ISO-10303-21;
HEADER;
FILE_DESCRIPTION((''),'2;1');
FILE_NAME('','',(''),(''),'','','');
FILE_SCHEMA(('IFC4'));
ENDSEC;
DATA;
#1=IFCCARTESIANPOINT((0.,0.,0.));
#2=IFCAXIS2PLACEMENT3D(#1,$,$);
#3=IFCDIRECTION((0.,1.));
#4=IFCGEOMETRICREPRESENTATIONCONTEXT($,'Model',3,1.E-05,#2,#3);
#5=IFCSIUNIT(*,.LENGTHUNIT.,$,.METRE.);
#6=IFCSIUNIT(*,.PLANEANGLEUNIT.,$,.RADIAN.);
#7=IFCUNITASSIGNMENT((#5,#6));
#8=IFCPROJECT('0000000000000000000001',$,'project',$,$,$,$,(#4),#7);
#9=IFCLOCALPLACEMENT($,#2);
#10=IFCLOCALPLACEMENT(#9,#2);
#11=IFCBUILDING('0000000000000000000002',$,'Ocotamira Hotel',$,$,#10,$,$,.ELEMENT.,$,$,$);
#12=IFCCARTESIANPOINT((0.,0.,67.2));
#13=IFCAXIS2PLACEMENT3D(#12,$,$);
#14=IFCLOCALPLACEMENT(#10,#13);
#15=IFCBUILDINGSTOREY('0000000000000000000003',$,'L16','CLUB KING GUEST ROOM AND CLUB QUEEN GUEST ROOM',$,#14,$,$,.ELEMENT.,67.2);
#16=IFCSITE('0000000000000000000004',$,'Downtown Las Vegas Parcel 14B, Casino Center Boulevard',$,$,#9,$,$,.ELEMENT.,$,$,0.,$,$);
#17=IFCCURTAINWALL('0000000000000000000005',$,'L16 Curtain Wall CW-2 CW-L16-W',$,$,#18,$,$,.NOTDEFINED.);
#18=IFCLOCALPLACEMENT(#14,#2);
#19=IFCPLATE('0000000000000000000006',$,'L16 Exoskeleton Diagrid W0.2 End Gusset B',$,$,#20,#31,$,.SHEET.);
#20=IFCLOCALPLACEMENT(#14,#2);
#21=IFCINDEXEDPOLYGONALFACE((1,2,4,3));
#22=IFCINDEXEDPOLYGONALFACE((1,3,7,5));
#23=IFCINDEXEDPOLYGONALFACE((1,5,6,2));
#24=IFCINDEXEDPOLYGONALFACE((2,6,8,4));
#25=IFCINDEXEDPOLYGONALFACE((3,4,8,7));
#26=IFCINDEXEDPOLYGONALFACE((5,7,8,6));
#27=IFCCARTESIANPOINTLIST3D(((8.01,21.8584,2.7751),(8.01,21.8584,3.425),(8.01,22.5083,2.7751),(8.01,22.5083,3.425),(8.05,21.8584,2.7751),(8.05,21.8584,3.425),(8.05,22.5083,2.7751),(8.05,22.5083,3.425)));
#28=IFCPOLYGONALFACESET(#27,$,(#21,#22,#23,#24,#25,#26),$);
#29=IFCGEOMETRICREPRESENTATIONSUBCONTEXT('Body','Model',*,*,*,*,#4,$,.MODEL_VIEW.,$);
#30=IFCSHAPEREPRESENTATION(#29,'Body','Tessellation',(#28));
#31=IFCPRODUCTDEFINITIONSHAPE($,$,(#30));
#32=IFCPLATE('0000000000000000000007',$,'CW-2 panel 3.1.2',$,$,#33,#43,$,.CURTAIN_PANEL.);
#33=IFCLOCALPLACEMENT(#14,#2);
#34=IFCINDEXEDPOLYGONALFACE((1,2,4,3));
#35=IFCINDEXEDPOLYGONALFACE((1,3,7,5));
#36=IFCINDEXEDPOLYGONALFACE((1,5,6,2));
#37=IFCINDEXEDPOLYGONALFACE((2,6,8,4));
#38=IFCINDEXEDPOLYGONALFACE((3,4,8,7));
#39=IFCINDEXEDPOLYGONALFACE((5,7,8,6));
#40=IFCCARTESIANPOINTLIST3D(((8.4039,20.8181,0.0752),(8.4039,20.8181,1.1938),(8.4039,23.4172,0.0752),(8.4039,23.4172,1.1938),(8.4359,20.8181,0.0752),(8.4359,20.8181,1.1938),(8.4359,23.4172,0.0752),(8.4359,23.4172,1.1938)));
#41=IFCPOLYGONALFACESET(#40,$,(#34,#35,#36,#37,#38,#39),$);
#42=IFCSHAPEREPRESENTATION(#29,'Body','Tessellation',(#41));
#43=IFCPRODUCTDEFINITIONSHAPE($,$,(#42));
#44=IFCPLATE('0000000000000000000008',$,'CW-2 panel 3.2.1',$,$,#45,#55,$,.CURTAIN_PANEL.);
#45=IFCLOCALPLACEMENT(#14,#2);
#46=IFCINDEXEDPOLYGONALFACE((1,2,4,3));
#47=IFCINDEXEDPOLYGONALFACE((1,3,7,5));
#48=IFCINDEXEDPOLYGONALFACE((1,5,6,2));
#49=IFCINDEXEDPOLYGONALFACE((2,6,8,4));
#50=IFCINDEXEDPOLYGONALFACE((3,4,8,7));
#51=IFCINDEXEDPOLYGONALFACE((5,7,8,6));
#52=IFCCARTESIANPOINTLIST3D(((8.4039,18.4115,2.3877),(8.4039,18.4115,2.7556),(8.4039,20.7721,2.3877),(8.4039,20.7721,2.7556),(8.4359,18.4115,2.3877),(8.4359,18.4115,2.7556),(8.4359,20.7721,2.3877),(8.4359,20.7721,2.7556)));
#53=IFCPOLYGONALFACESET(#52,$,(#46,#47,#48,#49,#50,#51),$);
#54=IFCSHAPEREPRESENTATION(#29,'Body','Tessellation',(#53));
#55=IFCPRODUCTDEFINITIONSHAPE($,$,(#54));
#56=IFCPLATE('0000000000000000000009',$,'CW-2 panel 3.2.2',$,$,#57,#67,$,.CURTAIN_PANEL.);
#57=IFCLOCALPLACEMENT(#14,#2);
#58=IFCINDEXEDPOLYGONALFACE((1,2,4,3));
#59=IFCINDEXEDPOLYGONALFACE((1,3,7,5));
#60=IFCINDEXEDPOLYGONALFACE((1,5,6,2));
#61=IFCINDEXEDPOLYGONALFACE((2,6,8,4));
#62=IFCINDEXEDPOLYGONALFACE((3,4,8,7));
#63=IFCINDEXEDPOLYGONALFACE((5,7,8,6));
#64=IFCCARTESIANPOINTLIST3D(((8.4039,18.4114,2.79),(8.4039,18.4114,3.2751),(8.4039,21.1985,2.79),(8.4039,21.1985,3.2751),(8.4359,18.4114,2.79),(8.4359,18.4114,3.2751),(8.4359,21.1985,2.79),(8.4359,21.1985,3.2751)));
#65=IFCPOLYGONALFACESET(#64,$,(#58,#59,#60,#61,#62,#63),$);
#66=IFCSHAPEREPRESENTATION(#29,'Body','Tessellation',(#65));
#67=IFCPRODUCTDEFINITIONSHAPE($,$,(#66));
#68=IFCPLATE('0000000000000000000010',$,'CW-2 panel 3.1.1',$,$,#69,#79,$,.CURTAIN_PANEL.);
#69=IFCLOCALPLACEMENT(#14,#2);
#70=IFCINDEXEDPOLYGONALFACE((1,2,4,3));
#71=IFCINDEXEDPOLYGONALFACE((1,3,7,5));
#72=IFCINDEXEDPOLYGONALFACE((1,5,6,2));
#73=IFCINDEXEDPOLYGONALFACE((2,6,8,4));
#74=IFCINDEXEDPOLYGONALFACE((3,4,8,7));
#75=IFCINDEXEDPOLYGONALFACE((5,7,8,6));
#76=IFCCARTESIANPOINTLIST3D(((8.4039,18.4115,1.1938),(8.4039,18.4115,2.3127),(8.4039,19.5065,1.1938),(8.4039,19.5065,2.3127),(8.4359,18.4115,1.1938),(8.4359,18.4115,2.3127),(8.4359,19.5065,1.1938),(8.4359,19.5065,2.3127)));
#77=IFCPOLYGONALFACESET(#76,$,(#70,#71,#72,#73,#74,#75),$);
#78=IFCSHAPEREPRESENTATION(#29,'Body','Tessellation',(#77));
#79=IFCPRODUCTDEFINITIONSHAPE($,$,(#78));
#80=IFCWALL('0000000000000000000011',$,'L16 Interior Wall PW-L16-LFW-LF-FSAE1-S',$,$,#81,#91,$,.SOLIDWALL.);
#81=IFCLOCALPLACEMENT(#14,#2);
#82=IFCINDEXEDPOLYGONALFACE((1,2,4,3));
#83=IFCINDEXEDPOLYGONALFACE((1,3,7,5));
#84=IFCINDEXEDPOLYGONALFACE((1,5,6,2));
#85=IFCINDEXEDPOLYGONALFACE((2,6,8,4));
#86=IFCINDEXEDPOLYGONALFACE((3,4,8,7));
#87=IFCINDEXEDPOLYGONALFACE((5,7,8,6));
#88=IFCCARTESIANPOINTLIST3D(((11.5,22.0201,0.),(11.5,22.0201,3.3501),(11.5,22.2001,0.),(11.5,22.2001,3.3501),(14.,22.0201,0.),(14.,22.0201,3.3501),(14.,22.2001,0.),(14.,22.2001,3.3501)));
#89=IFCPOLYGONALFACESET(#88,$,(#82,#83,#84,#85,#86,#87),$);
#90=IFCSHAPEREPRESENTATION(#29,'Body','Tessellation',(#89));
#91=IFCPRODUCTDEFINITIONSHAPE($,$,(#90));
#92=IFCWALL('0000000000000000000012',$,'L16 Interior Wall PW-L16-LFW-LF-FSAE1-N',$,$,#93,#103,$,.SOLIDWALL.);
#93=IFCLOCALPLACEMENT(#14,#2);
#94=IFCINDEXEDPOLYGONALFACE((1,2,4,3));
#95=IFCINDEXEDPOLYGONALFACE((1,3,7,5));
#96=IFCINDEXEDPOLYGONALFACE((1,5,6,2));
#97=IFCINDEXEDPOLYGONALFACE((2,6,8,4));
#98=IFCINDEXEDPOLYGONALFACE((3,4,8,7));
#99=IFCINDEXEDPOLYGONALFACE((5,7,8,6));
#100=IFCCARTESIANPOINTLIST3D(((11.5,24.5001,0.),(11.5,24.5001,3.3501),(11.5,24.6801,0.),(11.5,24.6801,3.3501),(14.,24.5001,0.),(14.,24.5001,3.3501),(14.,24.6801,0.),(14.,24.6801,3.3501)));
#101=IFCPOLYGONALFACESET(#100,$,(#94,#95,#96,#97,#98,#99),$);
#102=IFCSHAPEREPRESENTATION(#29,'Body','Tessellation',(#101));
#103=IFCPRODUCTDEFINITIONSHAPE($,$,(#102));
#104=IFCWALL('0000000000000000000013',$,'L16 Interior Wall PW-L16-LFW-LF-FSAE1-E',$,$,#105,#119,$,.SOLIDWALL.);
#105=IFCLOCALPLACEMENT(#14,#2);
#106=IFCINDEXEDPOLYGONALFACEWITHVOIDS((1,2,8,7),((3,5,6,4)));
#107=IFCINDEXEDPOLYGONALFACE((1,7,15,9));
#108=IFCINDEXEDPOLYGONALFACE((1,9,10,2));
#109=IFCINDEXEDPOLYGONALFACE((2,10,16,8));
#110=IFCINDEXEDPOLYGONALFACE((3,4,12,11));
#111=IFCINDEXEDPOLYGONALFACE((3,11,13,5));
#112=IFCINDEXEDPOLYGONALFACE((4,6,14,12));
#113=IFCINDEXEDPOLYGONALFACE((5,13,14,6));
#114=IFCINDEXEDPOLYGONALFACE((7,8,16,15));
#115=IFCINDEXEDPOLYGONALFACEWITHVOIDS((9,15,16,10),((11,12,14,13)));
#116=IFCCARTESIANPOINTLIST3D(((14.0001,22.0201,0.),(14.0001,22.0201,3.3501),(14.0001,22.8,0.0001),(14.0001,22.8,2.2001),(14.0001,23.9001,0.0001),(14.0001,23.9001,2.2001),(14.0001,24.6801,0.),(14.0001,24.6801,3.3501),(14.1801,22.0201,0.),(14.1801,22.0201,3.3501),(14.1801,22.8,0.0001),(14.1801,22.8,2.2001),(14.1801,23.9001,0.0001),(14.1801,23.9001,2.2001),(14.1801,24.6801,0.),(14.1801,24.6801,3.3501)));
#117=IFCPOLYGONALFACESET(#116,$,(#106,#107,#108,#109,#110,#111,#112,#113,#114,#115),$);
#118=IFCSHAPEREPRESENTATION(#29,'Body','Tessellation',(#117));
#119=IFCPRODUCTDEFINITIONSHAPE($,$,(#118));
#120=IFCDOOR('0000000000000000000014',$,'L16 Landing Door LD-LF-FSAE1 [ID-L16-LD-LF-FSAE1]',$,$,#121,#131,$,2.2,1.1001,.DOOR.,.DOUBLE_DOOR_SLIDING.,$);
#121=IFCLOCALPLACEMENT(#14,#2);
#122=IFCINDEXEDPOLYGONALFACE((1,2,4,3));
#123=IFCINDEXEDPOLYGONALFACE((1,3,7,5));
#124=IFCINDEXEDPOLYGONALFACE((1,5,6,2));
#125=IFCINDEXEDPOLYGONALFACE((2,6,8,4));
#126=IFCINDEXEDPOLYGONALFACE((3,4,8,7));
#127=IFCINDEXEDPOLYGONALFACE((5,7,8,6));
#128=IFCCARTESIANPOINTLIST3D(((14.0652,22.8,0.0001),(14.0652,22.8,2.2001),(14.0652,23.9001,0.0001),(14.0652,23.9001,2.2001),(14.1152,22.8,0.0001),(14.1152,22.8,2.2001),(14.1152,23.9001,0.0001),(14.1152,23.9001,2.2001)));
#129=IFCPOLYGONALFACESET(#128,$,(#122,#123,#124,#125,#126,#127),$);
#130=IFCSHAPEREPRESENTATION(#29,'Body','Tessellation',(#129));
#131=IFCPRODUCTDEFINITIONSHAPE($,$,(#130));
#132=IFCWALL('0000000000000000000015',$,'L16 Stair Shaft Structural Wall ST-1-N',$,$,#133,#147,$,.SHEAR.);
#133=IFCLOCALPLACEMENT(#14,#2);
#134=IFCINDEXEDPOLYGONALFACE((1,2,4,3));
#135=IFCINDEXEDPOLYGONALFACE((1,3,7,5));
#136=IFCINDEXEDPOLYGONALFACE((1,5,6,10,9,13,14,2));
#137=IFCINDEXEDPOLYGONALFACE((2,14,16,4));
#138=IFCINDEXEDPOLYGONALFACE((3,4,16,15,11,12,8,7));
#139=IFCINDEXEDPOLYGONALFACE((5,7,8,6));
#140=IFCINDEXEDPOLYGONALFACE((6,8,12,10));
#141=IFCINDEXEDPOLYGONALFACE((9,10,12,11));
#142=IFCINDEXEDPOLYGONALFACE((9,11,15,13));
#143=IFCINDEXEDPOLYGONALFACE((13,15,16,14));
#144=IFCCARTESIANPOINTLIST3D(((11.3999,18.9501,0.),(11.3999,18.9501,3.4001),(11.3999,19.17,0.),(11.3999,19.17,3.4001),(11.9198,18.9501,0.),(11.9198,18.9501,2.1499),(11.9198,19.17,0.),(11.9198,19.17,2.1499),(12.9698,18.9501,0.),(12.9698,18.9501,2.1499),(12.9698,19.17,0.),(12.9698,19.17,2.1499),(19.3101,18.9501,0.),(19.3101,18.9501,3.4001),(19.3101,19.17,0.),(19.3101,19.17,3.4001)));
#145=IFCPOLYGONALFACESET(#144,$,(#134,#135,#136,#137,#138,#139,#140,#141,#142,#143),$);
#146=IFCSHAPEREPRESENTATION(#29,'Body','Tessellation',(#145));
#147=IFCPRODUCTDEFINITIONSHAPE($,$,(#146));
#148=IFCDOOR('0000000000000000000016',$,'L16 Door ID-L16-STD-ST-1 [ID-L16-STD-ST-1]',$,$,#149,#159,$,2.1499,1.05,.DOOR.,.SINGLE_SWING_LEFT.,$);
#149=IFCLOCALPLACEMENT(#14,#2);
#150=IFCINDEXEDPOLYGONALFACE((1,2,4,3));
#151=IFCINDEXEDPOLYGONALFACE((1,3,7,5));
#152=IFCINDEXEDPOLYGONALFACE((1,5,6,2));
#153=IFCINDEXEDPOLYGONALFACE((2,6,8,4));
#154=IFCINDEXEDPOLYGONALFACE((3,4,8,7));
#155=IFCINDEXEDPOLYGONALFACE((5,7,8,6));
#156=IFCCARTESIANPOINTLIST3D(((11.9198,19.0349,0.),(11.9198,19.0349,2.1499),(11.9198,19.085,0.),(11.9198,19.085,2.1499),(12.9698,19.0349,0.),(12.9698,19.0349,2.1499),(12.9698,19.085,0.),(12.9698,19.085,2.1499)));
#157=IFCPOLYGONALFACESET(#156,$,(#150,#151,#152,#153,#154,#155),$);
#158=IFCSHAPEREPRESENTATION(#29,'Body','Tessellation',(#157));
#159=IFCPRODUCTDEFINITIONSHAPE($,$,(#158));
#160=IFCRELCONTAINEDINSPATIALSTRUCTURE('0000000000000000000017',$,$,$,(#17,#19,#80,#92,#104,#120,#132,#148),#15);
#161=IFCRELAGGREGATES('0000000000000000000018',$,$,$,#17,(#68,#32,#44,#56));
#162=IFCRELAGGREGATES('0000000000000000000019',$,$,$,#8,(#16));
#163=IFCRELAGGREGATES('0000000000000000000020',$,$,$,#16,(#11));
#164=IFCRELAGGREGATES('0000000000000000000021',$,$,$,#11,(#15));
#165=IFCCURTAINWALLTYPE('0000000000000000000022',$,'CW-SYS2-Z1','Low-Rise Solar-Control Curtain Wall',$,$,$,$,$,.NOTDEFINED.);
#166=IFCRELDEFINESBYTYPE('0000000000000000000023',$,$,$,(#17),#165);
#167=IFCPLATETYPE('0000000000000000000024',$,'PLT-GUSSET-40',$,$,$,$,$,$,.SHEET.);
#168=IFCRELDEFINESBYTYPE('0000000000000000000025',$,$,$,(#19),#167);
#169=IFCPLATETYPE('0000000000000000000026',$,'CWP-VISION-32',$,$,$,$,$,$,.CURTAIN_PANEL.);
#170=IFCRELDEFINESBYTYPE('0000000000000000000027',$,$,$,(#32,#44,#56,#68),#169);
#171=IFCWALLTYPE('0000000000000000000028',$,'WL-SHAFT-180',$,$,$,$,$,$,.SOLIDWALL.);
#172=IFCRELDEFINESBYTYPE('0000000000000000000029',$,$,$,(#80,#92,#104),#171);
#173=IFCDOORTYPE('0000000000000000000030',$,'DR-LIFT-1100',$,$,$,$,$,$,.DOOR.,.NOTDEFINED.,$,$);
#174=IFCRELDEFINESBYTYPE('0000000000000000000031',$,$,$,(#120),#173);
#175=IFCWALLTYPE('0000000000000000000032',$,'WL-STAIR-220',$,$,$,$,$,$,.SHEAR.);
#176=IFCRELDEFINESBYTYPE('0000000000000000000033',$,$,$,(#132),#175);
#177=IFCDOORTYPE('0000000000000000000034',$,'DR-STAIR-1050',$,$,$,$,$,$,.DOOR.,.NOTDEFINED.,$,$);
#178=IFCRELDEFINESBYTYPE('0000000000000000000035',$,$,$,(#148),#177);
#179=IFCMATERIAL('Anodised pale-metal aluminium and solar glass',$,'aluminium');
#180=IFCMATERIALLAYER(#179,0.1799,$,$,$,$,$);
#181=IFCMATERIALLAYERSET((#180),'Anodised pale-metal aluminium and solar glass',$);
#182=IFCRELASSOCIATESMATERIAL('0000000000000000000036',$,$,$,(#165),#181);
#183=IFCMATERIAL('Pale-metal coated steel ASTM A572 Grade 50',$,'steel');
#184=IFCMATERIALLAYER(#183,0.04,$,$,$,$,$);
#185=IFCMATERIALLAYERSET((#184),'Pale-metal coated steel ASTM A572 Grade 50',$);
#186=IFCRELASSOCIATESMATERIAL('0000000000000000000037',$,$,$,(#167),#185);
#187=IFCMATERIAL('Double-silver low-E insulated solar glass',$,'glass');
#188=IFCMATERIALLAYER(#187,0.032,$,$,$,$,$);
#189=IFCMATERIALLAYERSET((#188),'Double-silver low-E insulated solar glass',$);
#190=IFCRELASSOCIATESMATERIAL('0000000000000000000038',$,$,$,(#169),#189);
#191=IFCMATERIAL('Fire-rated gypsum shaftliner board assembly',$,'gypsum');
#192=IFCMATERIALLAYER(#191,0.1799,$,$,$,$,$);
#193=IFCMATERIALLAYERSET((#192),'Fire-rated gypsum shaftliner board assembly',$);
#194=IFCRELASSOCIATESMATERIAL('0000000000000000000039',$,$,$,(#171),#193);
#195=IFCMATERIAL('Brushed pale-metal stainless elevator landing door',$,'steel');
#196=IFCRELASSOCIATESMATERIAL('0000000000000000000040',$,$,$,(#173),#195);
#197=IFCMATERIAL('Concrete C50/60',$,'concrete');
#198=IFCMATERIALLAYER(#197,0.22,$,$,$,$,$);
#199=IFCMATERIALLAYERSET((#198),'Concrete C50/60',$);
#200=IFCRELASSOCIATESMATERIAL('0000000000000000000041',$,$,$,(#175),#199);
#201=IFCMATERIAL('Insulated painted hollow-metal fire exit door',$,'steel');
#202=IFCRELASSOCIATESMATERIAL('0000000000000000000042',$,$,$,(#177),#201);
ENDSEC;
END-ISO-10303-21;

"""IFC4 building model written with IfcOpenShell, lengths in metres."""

from ifc_helpers import new_model, si_unit, direction, frame, frame_2d, origin, origin_2d, place, context, subcontext, project, spatial, rectangle, extrude, source, transform, mapped, material, layer, layer_set, type_object, element, fill, aggregate, save


model = new_model("IFC4")

# Units and contexts
model_context = context("Model", 3, precision=1e-05, world=origin(), true_north=direction((0.0, 1.0)))
body_context = subcontext(model_context, "Body", "Model", "MODEL_VIEW")
ifc_project = project(units=[si_unit("LENGTHUNIT", "METRE"), si_unit("PLANEANGLEUNIT", "RADIAN")], contexts=[model_context])

# Site, building, storey
site_placement = place(None, origin())
site = spatial("IfcSite", under=ifc_project, at=site_placement, Name="Downtown Las Vegas Parcel 14B, Casino Center Boulevard", CompositionType="ELEMENT", RefElevation=0.0)
building_placement = place(site_placement, origin())
building = spatial("IfcBuilding", under=site, at=building_placement, Name="Ocotamira Hotel", CompositionType="ELEMENT")
storey_placement = place(building_placement, frame((0.0, 0.0, 67.2)))
storey = spatial("IfcBuildingStorey", under=building, at=storey_placement, Name="L16", Description="CLUB KING GUEST ROOM AND CLUB QUEEN GUEST ROOM", CompositionType="ELEMENT", Elevation=67.2)

# Curtain wall
ifc_material_1 = material(Name="Anodised pale-metal aluminium and solar glass", Category="aluminium")
ifc_layer_1 = layer(ifc_material_1, 0.1799)
ifc_layer_set_1 = layer_set([ifc_layer_1], Name="Anodised pale-metal aluminium and solar glass")
curtain_wall_type = type_object("IfcCurtainWallType", Name="CW-SYS2-Z1", Description="Low-Rise Solar-Control Curtain Wall", PredefinedType="NOTDEFINED", material=ifc_layer_set_1)
curtain_wall_placement = place(storey_placement, origin())
curtain_wall = element("IfcCurtainWall", 1, at=curtain_wall_placement, inside=storey, type_object=curtain_wall_type, Name="L16 Curtain Wall CW-2 CW-L16-W", PredefinedType="NOTDEFINED")

# Plates
ifc_material_2 = material(Name="Pale-metal coated steel ASTM A572 Grade 50", Category="steel")
ifc_layer_2 = layer(ifc_material_2, 0.04)
ifc_layer_set_2 = layer_set([ifc_layer_2], Name="Pale-metal coated steel ASTM A572 Grade 50")
plate_type_1 = type_object("IfcPlateType", Name="PLT-GUSSET-40", PredefinedType="SHEET", material=ifc_layer_set_2)
shared_shape_1 = source(origin(), body_context, "Body", "SweptSolid", [
    extrude(rectangle(XDim=0.04, YDim=0.6499, at=origin_2d()), origin(), (0.0, 0.0, 1.0), 0.6499),
])
plate_1_placement = place(storey_placement, frame((8.03, 22.1833, 2.7751), z_axis=(0.0, 0.0, 1.0), x_axis=(1.0, 0.0, 0.0)))
element("IfcPlate", 2, at=plate_1_placement, inside=storey, type_object=plate_type_1, Name="L16 Exoskeleton Diagrid W0.2 End Gusset B", PredefinedType="SHEET", context=body_context, shape_type="MappedRepresentation", body=[
    mapped(shared_shape_1, transform((0.0, 0.0, 0.0), scale=1.0)),
])
ifc_material_3 = material(Name="Double-silver low-E insulated solar glass", Category="glass")
ifc_layer_3 = layer(ifc_material_3, 0.032)
ifc_layer_set_3 = layer_set([ifc_layer_3], Name="Double-silver low-E insulated solar glass")
plate_type_2 = type_object("IfcPlateType", Name="CWP-VISION-32", PredefinedType="CURTAIN_PANEL", material=ifc_layer_set_3)
shared_shape_2 = source(origin(), body_context, "Body", "SweptSolid", [
    extrude(rectangle(XDim=2.5991, YDim=0.032, at=origin_2d()), origin(), (0.0, 0.0, 1.0), 1.1187),
])
plate_2_placement = place(storey_placement, frame((8.4199, 22.1177, 0.0752), z_axis=(0.0, 0.0, 1.0), x_axis=(0.0, 1.0, 0.0)))
plate_2 = element("IfcPlate", 3, at=plate_2_placement, type_object=plate_type_2, Name="CW-2 panel 3.1.2", PredefinedType="CURTAIN_PANEL", context=body_context, shape_type="MappedRepresentation", body=[
    mapped(shared_shape_2, transform((0.0, 0.0, 0.0), scale=1.0)),
])
shared_shape_3 = source(origin(), body_context, "Body", "SweptSolid", [
    extrude(rectangle(XDim=2.3606, YDim=0.032, at=origin_2d()), origin(), (0.0, 0.0, 1.0), 0.3679),
])
plate_3_placement = place(storey_placement, frame((8.4199, 19.5918, 2.3877), z_axis=(0.0, 0.0, 1.0), x_axis=(0.0, 1.0, 0.0)))
plate_3 = element("IfcPlate", 4, at=plate_3_placement, type_object=plate_type_2, Name="CW-2 panel 3.2.1", PredefinedType="CURTAIN_PANEL", context=body_context, shape_type="MappedRepresentation", body=[
    mapped(shared_shape_3, transform((0.0, 0.0, 0.0), scale=1.0)),
])
shared_shape_4 = source(origin(), body_context, "Body", "SweptSolid", [
    extrude(rectangle(XDim=2.7871, YDim=0.032, at=origin_2d()), origin(), (0.0, 0.0, 1.0), 0.4851),
])
plate_4_placement = place(storey_placement, frame((8.4199, 19.8049, 2.79), z_axis=(0.0, 0.0, 1.0), x_axis=(0.0, 1.0, 0.0)))
plate_4 = element("IfcPlate", 5, at=plate_4_placement, type_object=plate_type_2, Name="CW-2 panel 3.2.2", PredefinedType="CURTAIN_PANEL", context=body_context, shape_type="MappedRepresentation", body=[
    mapped(shared_shape_4, transform((0.0, 0.0, 0.0), scale=1.0)),
])
shared_shape_5 = source(origin(), body_context, "Body", "SweptSolid", [
    extrude(rectangle(XDim=1.095, YDim=0.032, at=origin_2d()), origin(), (0.0, 0.0, 1.0), 1.1189),
])
plate_5_placement = place(storey_placement, frame((8.4199, 18.959, 1.1938), z_axis=(0.0, 0.0, 1.0), x_axis=(0.0, 1.0, 0.0)))
plate_5 = element("IfcPlate", 6, at=plate_5_placement, type_object=plate_type_2, Name="CW-2 panel 3.1.1", PredefinedType="CURTAIN_PANEL", context=body_context, shape_type="MappedRepresentation", body=[
    mapped(shared_shape_5, transform((0.0, 0.0, 0.0), scale=1.0)),
])
aggregate(curtain_wall, [plate_5, plate_2, plate_3, plate_4])

# Walls
ifc_material_4 = material(Name="Fire-rated gypsum shaftliner board assembly", Category="gypsum")
ifc_layer_4 = layer(ifc_material_4, 0.1799)
ifc_layer_set_4 = layer_set([ifc_layer_4], Name="Fire-rated gypsum shaftliner board assembly")
wall_type_1 = type_object("IfcWallType", Name="WL-SHAFT-180", PredefinedType="SOLIDWALL", material=ifc_layer_set_4)
for number, where, z_axis, x_axis, name in (
    (7, (11.5, 22.1101, 0.0), (0.0, 0.0, 1.0), (1.0, 0.0, 0.0), "L16 Interior Wall PW-L16-LFW-LF-FSAE1-S"),
    (8, (11.5, 24.5901, 0.0), (0.0, 0.0, 1.0), (1.0, 0.0, 0.0), "L16 Interior Wall PW-L16-LFW-LF-FSAE1-N"),
):
    element("IfcWall", number, at=place(storey_placement, frame(where, z_axis=z_axis, x_axis=x_axis)), inside=storey, type_object=wall_type_1, Name=name, PredefinedType="SOLIDWALL", context=body_context, shape_type="SweptSolid", body=[
        extrude(rectangle(XDim=2.5, YDim=0.1799, at=frame_2d((1.25, 0.0))), origin(), (0.0, 0.0, 1.0), 3.3501),
    ])

# Walls, openings, doors
wall_1_placement = place(storey_placement, frame((14.0901, 22.02, 0.0), z_axis=(0.0, 0.0, 1.0), x_axis=(0.0, 1.0, 0.0)))
wall_1 = element("IfcWall", 9, at=wall_1_placement, inside=storey, type_object=wall_type_1, Name="L16 Interior Wall PW-L16-LFW-LF-FSAE1-E", PredefinedType="SOLIDWALL", context=body_context, shape_type="SweptSolid", body=[
    extrude(rectangle(XDim=2.6599, YDim=0.1799, at=frame_2d((1.3301, 0.0))), origin(), (0.0, 0.0, 1.0), 3.3501),
])
opening_1_placement = place(wall_1_placement, frame((0.78, 0.0, 0.0)))
opening_1 = element("IfcOpeningElement", 10, at=opening_1_placement, cuts=wall_1, PredefinedType="OPENING", context=body_context, shape_type="SweptSolid", body=[
    extrude(rectangle(XDim=1.1001, YDim=2.2, at=frame_2d((0.55, 1.1001))), frame((0.0, 0.1001, 0.0), z_axis=(0.0, -1.0, 0.0), x_axis=(1.0, 0.0, 0.0)), (0.0, 0.0, 1.0), 0.2),
])
ifc_material_5 = material(Name="Brushed pale-metal stainless elevator landing door", Category="steel")
door_type_1 = type_object("IfcDoorType", Name="DR-LIFT-1100", OperationType="NOTDEFINED", PredefinedType="DOOR", material=ifc_material_5)
shared_shape_6 = source(origin(), body_context, "Body", "SweptSolid", [
    extrude(rectangle(XDim=1.1001, YDim=2.2, at=frame_2d((0.55, 1.1001))), frame((0.0, 0.0249, 0.0), z_axis=(0.0, -1.0, 0.0), x_axis=(1.0, 0.0, 0.0)), (0.0, 0.0, 1.0), 0.05),
])
door_1_placement = place(opening_1_placement, origin())
door_1 = element("IfcDoor", 11, at=door_1_placement, inside=storey, type_object=door_type_1, Name="L16 Landing Door LD-LF-FSAE1 [ID-L16-LD-LF-FSAE1]", OperationType="DOUBLE_DOOR_SLIDING", OverallHeight=2.2, OverallWidth=1.1001, PredefinedType="DOOR", context=body_context, shape_type="MappedRepresentation", body=[
    mapped(shared_shape_6, transform((0.0, 0.0, 0.0), scale=1.0)),
])
fill(opening_1, door_1)
ifc_material_6 = material(Name="Concrete C50/60", Category="concrete")
ifc_layer_5 = layer(ifc_material_6, 0.22)
ifc_layer_set_5 = layer_set([ifc_layer_5], Name="Concrete C50/60")
wall_type_2 = type_object("IfcWallType", Name="WL-STAIR-220", PredefinedType="SHEAR", material=ifc_layer_set_5)
wall_2_placement = place(storey_placement, frame((11.3999, 19.0601, 0.0), z_axis=(0.0, 0.0, 1.0), x_axis=(1.0, 0.0, 0.0)))
wall_2 = element("IfcWall", 12, at=wall_2_placement, inside=storey, type_object=wall_type_2, Name="L16 Stair Shaft Structural Wall ST-1-N", PredefinedType="SHEAR", context=body_context, shape_type="SweptSolid", body=[
    extrude(rectangle(XDim=7.9102, YDim=0.22, at=frame_2d((3.9551, 0.0))), origin(), (0.0, 0.0, 1.0), 3.4001),
])
opening_2_placement = place(wall_2_placement, frame((0.52, 0.0, 0.0)))
opening_2 = element("IfcOpeningElement", 13, at=opening_2_placement, cuts=wall_2, PredefinedType="OPENING", context=body_context, shape_type="SweptSolid", body=[
    extrude(rectangle(XDim=1.05, YDim=2.1499, at=frame_2d((0.5249, 1.075))), frame((0.0, 0.1201, 0.0), z_axis=(0.0, -1.0, 0.0), x_axis=(1.0, 0.0, 0.0)), (0.0, 0.0, 1.0), 0.24),
])
ifc_material_7 = material(Name="Insulated painted hollow-metal fire exit door", Category="steel")
door_type_2 = type_object("IfcDoorType", Name="DR-STAIR-1050", OperationType="NOTDEFINED", PredefinedType="DOOR", material=ifc_material_7)
shared_shape_7 = source(origin(), body_context, "Body", "SweptSolid", [
    extrude(rectangle(XDim=1.05, YDim=2.1499, at=frame_2d((0.5249, 1.075))), frame((0.0, 0.0249, 0.0), z_axis=(0.0, -1.0, 0.0), x_axis=(1.0, 0.0, 0.0)), (0.0, 0.0, 1.0), 0.05),
])
door_2_placement = place(opening_2_placement, origin())
door_2 = element("IfcDoor", 14, at=door_2_placement, inside=storey, type_object=door_type_2, Name="L16 Door ID-L16-STD-ST-1 [ID-L16-STD-ST-1]", OperationType="SINGLE_SWING_LEFT", OverallHeight=2.1499, OverallWidth=1.05, PredefinedType="DOOR", context=body_context, shape_type="MappedRepresentation", body=[
    mapped(shared_shape_7, transform((0.0, 0.0, 0.0), scale=1.0)),
])
fill(opening_2, door_2)

save(model, "model.ifc")
